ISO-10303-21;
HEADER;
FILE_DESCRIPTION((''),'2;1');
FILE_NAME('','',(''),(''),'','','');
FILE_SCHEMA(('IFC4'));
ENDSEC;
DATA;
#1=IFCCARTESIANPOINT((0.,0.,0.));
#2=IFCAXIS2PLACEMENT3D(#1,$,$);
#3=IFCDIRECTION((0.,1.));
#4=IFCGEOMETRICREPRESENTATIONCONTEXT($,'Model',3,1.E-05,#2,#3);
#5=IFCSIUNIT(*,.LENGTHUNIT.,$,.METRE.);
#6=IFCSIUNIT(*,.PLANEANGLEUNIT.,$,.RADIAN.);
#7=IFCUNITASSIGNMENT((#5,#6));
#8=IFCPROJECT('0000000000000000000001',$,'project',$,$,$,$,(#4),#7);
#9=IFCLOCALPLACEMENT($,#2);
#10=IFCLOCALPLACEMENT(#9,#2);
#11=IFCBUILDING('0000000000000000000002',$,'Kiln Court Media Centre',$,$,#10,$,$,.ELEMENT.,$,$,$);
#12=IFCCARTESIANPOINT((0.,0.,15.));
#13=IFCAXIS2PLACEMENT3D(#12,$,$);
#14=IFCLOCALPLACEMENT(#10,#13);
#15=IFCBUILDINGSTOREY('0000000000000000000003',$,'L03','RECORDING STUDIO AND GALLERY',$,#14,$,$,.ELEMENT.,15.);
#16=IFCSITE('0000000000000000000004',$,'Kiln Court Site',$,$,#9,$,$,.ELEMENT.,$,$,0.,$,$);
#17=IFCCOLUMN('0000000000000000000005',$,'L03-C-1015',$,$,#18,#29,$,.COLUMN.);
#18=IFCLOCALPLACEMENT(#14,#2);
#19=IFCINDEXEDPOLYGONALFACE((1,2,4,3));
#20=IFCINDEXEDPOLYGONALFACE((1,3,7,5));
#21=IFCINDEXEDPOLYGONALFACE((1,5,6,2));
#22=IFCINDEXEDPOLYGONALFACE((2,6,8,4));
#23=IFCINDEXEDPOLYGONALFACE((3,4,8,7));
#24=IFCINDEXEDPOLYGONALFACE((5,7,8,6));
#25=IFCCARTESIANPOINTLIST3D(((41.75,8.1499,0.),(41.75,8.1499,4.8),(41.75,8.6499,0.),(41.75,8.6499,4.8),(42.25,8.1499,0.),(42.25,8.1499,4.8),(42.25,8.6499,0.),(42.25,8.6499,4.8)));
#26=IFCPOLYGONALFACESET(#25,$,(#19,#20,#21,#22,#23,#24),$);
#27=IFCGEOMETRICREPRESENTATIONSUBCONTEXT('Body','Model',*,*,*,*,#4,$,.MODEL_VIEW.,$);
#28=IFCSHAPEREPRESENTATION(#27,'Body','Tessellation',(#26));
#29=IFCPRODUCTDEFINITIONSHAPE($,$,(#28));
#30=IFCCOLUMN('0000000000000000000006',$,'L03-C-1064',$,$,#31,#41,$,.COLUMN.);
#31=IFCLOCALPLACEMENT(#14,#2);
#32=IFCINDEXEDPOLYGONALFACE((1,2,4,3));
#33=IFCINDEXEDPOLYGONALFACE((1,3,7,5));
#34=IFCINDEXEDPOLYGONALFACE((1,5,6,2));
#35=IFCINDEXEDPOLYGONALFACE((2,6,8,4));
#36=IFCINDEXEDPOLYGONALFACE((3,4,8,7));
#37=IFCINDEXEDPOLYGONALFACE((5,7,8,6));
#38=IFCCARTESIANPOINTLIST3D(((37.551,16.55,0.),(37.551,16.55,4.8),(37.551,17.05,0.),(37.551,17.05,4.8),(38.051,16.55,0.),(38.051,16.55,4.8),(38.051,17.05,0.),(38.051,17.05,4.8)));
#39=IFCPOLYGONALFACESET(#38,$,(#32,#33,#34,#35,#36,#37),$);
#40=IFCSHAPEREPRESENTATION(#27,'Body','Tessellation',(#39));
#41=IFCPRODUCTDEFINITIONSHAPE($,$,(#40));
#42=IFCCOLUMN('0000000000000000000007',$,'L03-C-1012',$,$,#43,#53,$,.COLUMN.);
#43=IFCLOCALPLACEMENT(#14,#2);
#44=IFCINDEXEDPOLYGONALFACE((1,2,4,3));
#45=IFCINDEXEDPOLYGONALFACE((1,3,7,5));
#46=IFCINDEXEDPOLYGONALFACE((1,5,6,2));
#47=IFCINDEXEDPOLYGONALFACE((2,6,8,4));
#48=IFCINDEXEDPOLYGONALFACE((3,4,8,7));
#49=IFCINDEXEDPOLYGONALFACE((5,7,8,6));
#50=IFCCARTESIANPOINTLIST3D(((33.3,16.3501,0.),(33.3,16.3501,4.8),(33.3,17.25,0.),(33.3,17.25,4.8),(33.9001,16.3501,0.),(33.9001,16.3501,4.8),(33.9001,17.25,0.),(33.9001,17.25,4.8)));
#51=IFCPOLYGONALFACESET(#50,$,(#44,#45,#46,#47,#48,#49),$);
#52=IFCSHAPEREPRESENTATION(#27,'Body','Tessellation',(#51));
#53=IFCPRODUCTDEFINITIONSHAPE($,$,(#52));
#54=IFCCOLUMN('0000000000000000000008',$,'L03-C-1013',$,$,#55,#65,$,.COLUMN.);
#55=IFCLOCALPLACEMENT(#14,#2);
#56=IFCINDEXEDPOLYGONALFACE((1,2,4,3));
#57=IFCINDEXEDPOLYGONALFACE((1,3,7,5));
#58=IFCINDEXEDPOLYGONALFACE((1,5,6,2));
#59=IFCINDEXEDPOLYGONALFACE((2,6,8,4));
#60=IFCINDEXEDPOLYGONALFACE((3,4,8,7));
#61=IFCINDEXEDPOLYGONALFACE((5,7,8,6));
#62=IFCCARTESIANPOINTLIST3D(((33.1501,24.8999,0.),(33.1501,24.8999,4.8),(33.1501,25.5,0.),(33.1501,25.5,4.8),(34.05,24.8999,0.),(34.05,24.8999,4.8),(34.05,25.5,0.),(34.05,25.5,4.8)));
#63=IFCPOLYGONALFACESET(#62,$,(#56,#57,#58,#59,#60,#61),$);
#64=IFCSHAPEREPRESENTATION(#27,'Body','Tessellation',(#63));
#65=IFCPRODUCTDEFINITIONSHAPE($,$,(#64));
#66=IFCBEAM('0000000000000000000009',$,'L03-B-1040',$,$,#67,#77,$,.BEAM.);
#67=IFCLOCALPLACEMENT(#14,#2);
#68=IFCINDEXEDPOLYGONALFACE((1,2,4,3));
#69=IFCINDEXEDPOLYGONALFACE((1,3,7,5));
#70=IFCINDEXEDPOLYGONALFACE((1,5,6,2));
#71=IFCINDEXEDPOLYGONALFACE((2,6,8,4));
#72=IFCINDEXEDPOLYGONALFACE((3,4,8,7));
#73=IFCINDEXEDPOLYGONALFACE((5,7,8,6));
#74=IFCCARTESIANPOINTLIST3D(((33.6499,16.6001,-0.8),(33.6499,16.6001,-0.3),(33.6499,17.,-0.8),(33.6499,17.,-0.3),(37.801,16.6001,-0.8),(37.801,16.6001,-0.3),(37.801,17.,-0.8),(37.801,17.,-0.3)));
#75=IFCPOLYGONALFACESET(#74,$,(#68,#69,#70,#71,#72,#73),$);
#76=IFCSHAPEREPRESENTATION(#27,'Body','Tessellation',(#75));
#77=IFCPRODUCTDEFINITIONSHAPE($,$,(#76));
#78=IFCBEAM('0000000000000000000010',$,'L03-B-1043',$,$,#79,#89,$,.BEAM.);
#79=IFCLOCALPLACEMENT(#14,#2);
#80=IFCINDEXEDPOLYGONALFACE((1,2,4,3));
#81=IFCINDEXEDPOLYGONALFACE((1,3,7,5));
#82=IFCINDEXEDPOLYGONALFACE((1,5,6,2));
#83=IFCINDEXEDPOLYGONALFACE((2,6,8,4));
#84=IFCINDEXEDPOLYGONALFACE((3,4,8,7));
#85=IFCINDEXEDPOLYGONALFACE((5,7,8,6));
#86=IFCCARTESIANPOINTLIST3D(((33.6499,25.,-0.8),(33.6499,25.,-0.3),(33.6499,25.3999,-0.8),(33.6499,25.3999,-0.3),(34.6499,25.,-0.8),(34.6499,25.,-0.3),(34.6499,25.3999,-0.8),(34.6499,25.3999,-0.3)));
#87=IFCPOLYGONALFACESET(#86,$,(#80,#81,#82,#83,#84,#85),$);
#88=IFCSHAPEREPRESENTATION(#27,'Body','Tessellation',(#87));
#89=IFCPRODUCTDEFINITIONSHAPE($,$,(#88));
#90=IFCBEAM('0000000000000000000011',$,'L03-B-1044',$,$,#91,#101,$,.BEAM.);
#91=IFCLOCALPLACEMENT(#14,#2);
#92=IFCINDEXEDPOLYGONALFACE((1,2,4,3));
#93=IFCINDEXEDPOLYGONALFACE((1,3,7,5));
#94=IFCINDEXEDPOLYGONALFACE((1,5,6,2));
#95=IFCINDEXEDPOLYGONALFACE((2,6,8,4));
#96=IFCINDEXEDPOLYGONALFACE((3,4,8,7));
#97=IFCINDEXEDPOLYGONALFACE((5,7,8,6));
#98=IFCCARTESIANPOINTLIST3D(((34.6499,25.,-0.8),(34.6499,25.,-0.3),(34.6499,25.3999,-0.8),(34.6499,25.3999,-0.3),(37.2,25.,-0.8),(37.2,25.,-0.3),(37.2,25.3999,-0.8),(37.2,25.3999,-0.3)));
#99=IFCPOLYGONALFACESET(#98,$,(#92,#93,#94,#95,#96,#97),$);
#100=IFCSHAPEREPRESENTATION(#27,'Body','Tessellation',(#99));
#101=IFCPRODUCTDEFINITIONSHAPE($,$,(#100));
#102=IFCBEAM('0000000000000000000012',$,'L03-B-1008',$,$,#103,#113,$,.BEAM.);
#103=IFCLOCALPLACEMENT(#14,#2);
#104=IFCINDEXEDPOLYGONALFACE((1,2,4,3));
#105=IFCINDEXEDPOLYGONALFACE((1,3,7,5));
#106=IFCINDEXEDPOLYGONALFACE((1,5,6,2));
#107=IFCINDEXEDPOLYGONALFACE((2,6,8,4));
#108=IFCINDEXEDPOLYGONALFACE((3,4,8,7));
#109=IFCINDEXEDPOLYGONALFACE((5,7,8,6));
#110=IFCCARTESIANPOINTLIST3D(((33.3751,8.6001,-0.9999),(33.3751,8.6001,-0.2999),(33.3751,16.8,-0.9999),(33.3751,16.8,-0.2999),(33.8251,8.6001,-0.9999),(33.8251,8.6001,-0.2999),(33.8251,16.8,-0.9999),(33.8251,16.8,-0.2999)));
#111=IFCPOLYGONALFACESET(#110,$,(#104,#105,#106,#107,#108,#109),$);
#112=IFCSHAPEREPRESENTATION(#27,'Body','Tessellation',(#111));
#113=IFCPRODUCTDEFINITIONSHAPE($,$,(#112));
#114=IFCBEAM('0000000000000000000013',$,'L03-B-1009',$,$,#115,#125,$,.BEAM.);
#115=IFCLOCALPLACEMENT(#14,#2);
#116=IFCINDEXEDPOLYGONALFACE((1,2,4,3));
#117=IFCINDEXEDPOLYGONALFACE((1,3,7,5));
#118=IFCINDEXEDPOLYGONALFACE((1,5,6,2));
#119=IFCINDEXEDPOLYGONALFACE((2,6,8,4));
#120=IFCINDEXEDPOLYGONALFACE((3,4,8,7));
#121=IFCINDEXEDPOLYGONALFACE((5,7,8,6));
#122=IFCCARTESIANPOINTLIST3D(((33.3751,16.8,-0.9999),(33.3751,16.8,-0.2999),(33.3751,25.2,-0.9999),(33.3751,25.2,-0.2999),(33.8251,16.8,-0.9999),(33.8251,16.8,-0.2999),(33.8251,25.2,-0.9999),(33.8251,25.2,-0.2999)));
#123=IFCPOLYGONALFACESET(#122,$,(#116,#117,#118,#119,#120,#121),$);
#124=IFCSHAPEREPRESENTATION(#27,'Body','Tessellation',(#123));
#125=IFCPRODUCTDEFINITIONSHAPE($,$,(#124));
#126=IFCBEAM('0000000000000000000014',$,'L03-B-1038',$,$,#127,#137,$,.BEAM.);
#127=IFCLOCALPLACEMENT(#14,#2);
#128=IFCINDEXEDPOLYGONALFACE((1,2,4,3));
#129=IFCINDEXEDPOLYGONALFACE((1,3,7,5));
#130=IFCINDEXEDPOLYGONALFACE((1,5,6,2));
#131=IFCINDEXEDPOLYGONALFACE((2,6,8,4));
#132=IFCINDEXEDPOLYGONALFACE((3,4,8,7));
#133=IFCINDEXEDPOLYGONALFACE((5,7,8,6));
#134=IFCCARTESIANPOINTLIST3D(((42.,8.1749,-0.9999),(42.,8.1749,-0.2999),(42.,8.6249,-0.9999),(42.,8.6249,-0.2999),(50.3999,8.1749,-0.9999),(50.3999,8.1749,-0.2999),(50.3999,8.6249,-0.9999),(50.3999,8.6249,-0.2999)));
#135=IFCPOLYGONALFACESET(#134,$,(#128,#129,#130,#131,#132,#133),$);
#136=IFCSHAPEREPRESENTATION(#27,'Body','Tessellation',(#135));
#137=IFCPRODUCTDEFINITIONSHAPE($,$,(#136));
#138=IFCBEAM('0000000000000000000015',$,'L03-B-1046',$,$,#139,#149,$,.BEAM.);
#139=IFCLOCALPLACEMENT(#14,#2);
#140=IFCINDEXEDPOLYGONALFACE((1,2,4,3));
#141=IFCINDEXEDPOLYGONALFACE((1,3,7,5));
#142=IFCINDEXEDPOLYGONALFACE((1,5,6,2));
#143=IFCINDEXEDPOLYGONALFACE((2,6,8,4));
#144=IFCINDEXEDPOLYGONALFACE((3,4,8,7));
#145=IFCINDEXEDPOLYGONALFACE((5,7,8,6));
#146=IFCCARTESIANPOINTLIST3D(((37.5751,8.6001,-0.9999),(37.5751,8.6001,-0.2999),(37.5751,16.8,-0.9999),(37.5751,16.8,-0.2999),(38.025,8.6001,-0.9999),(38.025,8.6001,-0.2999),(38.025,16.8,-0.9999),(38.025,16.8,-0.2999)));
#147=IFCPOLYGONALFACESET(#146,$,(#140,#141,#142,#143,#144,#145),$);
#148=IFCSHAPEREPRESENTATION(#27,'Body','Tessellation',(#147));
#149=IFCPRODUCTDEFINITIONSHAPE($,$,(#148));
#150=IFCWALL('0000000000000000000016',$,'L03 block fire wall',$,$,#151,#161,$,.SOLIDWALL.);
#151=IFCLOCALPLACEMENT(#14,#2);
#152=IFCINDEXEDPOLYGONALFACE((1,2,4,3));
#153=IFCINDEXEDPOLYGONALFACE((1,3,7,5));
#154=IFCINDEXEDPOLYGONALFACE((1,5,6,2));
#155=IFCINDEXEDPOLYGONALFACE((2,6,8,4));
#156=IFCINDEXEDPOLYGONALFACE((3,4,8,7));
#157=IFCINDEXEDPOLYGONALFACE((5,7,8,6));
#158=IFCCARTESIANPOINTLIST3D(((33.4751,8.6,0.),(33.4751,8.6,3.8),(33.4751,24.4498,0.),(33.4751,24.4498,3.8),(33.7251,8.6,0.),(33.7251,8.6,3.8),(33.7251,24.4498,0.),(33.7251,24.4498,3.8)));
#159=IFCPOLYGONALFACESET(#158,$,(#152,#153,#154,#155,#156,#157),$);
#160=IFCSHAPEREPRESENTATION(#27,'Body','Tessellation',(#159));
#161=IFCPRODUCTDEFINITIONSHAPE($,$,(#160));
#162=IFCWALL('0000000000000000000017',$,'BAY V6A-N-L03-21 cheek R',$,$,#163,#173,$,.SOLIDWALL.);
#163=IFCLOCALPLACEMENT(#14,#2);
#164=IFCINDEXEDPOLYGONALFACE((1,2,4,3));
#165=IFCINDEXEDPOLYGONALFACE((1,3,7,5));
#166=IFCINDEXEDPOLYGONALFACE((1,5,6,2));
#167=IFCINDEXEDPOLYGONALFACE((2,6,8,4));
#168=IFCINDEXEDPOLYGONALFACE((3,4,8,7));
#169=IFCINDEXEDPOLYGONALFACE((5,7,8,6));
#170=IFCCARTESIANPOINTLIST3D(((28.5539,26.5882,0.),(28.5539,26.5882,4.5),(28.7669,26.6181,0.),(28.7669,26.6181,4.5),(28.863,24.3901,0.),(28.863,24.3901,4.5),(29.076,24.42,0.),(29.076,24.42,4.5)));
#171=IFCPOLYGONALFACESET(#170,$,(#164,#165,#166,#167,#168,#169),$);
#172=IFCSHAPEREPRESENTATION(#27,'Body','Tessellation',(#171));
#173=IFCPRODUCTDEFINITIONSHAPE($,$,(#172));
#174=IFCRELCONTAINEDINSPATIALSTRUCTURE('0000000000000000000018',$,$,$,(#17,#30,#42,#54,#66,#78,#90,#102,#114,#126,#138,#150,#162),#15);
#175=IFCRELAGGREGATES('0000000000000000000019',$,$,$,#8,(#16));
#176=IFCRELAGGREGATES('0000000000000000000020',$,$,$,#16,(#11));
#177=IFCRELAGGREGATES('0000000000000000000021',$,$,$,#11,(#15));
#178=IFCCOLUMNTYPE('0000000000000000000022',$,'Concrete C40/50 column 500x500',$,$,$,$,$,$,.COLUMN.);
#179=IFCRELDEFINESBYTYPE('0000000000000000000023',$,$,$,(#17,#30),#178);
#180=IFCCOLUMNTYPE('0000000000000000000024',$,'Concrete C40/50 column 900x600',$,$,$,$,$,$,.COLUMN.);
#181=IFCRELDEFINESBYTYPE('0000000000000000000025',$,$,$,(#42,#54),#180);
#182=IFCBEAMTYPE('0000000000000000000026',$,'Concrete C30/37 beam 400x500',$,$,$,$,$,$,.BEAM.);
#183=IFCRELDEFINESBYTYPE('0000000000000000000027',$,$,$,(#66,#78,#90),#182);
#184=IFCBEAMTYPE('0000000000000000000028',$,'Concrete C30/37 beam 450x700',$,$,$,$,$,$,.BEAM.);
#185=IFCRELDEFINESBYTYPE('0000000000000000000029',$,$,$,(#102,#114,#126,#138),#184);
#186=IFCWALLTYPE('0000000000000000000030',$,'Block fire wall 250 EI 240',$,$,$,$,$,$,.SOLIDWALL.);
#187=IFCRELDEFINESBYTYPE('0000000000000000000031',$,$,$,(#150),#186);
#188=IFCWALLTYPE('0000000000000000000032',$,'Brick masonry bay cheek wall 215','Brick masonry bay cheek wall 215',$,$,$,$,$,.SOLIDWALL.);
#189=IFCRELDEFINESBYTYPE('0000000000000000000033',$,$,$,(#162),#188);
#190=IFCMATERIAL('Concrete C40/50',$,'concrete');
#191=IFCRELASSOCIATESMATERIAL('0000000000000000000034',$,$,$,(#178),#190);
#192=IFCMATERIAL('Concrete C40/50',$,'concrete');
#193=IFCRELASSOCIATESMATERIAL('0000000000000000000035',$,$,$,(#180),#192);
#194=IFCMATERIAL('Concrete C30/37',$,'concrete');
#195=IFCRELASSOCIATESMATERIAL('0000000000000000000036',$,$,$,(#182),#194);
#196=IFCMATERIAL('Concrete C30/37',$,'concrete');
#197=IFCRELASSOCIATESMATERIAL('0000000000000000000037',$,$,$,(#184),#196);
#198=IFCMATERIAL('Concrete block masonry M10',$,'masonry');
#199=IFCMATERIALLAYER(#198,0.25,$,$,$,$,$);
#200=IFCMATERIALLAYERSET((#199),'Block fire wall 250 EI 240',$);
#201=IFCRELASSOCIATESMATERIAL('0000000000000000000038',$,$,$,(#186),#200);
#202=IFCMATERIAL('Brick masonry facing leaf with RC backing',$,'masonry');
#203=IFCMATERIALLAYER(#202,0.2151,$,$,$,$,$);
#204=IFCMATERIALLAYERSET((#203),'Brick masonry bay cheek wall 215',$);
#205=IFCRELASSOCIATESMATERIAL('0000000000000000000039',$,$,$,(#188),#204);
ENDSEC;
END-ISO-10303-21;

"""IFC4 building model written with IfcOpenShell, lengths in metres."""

from ifc_helpers import new_model, si_unit, direction, frame, frame_2d, origin, origin_2d, place, context, subcontext, project, spatial, rectangle, extrude, material, layer, layer_set, material_profile, profile_set, type_object, element, save


model = new_model("IFC4")

# Units and contexts
model_context = context("Model", 3, precision=1e-05, world=origin(), true_north=direction((0.0, 1.0)))
body_context = subcontext(model_context, "Body", "Model", "MODEL_VIEW")
ifc_project = project(units=[si_unit("LENGTHUNIT", "METRE"), si_unit("PLANEANGLEUNIT", "RADIAN")], contexts=[model_context])

# Site, building, storey
site_placement = place(None, origin())
site = spatial("IfcSite", under=ifc_project, at=site_placement, Name="Kiln Court Site", CompositionType="ELEMENT", RefElevation=0.0)
building_placement = place(site_placement, origin())
building = spatial("IfcBuilding", under=site, at=building_placement, Name="Kiln Court Media Centre", CompositionType="ELEMENT")
storey_placement = place(building_placement, frame((0.0, 0.0, 15.0)))
storey = spatial("IfcBuildingStorey", under=building, at=storey_placement, Name="L03", Description="RECORDING STUDIO AND GALLERY", CompositionType="ELEMENT", Elevation=15.0)

# Columns
ifc_material_1 = material(Name="Concrete C40/50", Category="concrete")
ifc_material_profile_1 = material_profile(ifc_material_1, rectangle(XDim=0.5, YDim=0.5, at=origin_2d()), Name="RC 500x500")
ifc_profile_set_1 = profile_set([ifc_material_profile_1], Name="Concrete C40/50")
column_type_1 = type_object("IfcColumnType", Name="Concrete C40/50 column 500x500", PredefinedType="COLUMN", material=ifc_profile_set_1)
for number, where, z_axis, x_axis, name in (
    (1, (42.0, 8.3999, 0.0), (0.0, 0.0, 1.0), (1.0, 0.0, 0.0), "L03-C-1015"),
    (2, (37.801, 16.8, 0.0), (0.0, 0.0, 1.0), (1.0, 0.0, 0.0), "L03-C-1064"),
):
    element("IfcColumn", number, at=place(storey_placement, frame(where, z_axis=z_axis, x_axis=x_axis)), inside=storey, type_object=column_type_1, Name=name, PredefinedType="COLUMN", context=body_context, shape_type="SweptSolid", body=[
        extrude(rectangle(XDim=0.5, YDim=0.5, at=origin_2d()), origin(), (0.0, 0.0, 1.0), 4.8),
    ])
ifc_material_2 = material(Name="Concrete C40/50", Category="concrete")
ifc_material_profile_2 = material_profile(ifc_material_2, rectangle(XDim=0.8999, YDim=0.6001, at=origin_2d()), Name="RC 900x600")
ifc_profile_set_2 = profile_set([ifc_material_profile_2], Name="Concrete C40/50")
column_type_2 = type_object("IfcColumnType", Name="Concrete C40/50 column 900x600", PredefinedType="COLUMN", material=ifc_profile_set_2)
for number, where, z_axis, x_axis, name in (
    (3, (33.6001, 16.8, 0.0), (0.0, 0.0, 1.0), (0.0, 1.0, 0.0), "L03-C-1012"),
    (4, (33.6001, 25.2, 0.0), (0.0, 0.0, 1.0), (1.0, 0.0, 0.0), "L03-C-1013"),
):
    element("IfcColumn", number, at=place(storey_placement, frame(where, z_axis=z_axis, x_axis=x_axis)), inside=storey, type_object=column_type_2, Name=name, PredefinedType="COLUMN", context=body_context, shape_type="SweptSolid", body=[
        extrude(rectangle(XDim=0.8999, YDim=0.6001, at=origin_2d()), origin(), (0.0, 0.0, 1.0), 4.8),
    ])

# Beams
ifc_material_3 = material(Name="Concrete C30/37", Category="concrete")
ifc_material_profile_3 = material_profile(ifc_material_3, rectangle(XDim=0.3999, YDim=0.5, at=origin_2d()), Name="RC 400x500")
ifc_profile_set_3 = profile_set([ifc_material_profile_3], Name="Concrete C30/37")
beam_type_1 = type_object("IfcBeamType", Name="Concrete C30/37 beam 400x500", PredefinedType="BEAM", material=ifc_profile_set_3)
beam_1_placement = place(storey_placement, frame((33.6499, 16.8, -0.55), z_axis=(1.0, 0.0, 0.0), x_axis=(0.0, 1.0, 0.0)))
element("IfcBeam", 5, at=beam_1_placement, inside=storey, type_object=beam_type_1, Name="L03-B-1040", PredefinedType="BEAM", context=body_context, shape_type="SweptSolid", body=[
    extrude(rectangle(XDim=0.3999, YDim=0.5, at=origin_2d()), origin(), (0.0, 0.0, 1.0), 4.1511),
])
beam_2_placement = place(storey_placement, frame((33.6499, 25.2, -0.55), z_axis=(1.0, 0.0, 0.0), x_axis=(0.0, 1.0, 0.0)))
element("IfcBeam", 6, at=beam_2_placement, inside=storey, type_object=beam_type_1, Name="L03-B-1043", PredefinedType="BEAM", context=body_context, shape_type="SweptSolid", body=[
    extrude(rectangle(XDim=0.3999, YDim=0.5, at=origin_2d()), origin(), (0.0, 0.0, 1.0), 1.0),
])
beam_3_placement = place(storey_placement, frame((34.6499, 25.2, -0.55), z_axis=(1.0, 0.0, 0.0), x_axis=(0.0, 1.0, 0.0)))
element("IfcBeam", 7, at=beam_3_placement, inside=storey, type_object=beam_type_1, Name="L03-B-1044", PredefinedType="BEAM", context=body_context, shape_type="SweptSolid", body=[
    extrude(rectangle(XDim=0.3999, YDim=0.5, at=origin_2d()), origin(), (0.0, 0.0, 1.0), 2.55),
])
ifc_material_4 = material(Name="Concrete C30/37", Category="concrete")
ifc_material_profile_4 = material_profile(ifc_material_4, rectangle(XDim=0.45, YDim=0.7, at=origin_2d()), Name="RC 450x700")
ifc_profile_set_4 = profile_set([ifc_material_profile_4], Name="Concrete C30/37")
beam_type_2 = type_object("IfcBeamType", Name="Concrete C30/37 beam 450x700", PredefinedType="BEAM", material=ifc_profile_set_4)
beam_4_placement = place(storey_placement, frame((33.6001, 8.6001, -0.6499), z_axis=(0.0, 1.0, 0.0), x_axis=(-1.0, 0.0, 0.0)))
element("IfcBeam", 8, at=beam_4_placement, inside=storey, type_object=beam_type_2, Name="L03-B-1008", PredefinedType="BEAM", context=body_context, shape_type="SweptSolid", body=[
    extrude(rectangle(XDim=0.45, YDim=0.7, at=origin_2d()), origin(), (0.0, 0.0, 1.0), 8.2),
])
for number, where, z_axis, x_axis, name in (
    (9, (33.6001, 16.8, -0.6499), (0.0, 1.0, 0.0), (-1.0, 0.0, 0.0), "L03-B-1009"),
    (10, (42.0, 8.3999, -0.6499), (1.0, 0.0, 0.0), (0.0, 1.0, 0.0), "L03-B-1038"),
):
    element("IfcBeam", number, at=place(storey_placement, frame(where, z_axis=z_axis, x_axis=x_axis)), inside=storey, type_object=beam_type_2, Name=name, PredefinedType="BEAM", context=body_context, shape_type="SweptSolid", body=[
        extrude(rectangle(XDim=0.45, YDim=0.7, at=origin_2d()), origin(), (0.0, 0.0, 1.0), 8.3999),
    ])
beam_5_placement = place(storey_placement, frame((37.8, 16.8, -0.6499), z_axis=(0.0, -1.0, 0.0), x_axis=(1.0, 0.0, 0.0)))
element("IfcBeam", 11, at=beam_5_placement, inside=storey, type_object=beam_type_2, Name="L03-B-1046", PredefinedType="BEAM", context=body_context, shape_type="SweptSolid", body=[
    extrude(rectangle(XDim=0.45, YDim=0.7, at=origin_2d()), origin(), (0.0, 0.0, 1.0), 8.2),
])

# Walls
ifc_material_5 = material(Name="Concrete block masonry M10", Category="masonry")
ifc_layer_1 = layer(ifc_material_5, 0.25)
ifc_layer_set_1 = layer_set([ifc_layer_1], Name="Block fire wall 250 EI 240")
wall_type_1 = type_object("IfcWallType", Name="Block fire wall 250 EI 240", PredefinedType="SOLIDWALL", material=ifc_layer_set_1)
wall_1_placement = place(storey_placement, frame((33.6001, 8.6001, 0.0), z_axis=(0.0, 0.0, 1.0), x_axis=(0.0, 1.0, 0.0)))
element("IfcWall", 12, at=wall_1_placement, inside=storey, type_object=wall_type_1, Name="L03 block fire wall", PredefinedType="SOLIDWALL", context=body_context, shape_type="SweptSolid", body=[
    extrude(rectangle(XDim=15.8499, YDim=0.25, at=frame_2d((7.9248, 0.0))), origin(), (0.0, 0.0, 1.0), 3.8),
])
ifc_material_6 = material(Name="Brick masonry facing leaf with RC backing", Category="masonry")
ifc_layer_2 = layer(ifc_material_6, 0.2151)
ifc_layer_set_2 = layer_set([ifc_layer_2], Name="Brick masonry bay cheek wall 215")
wall_type_2 = type_object("IfcWallType", Name="Brick masonry bay cheek wall 215", Description="Brick masonry bay cheek wall 215", PredefinedType="SOLIDWALL", material=ifc_layer_set_2)
wall_2_placement = place(storey_placement, frame((28.9695, 24.405, 0.0), z_axis=(0.0, 0.0, 1.0), x_axis=(-0.13925, 0.990257, 0.0)))
element("IfcWall", 13, at=wall_2_placement, inside=storey, type_object=wall_type_2, Name="BAY V6A-N-L03-21 cheek R", PredefinedType="SOLIDWALL", context=body_context, shape_type="SweptSolid", body=[
    extrude(rectangle(XDim=2.2197, YDim=0.2151, at=frame_2d((1.1099, 0.0))), origin(), (0.0, 0.0, 1.0), 4.5),
])

save(model, "model.ifc")
